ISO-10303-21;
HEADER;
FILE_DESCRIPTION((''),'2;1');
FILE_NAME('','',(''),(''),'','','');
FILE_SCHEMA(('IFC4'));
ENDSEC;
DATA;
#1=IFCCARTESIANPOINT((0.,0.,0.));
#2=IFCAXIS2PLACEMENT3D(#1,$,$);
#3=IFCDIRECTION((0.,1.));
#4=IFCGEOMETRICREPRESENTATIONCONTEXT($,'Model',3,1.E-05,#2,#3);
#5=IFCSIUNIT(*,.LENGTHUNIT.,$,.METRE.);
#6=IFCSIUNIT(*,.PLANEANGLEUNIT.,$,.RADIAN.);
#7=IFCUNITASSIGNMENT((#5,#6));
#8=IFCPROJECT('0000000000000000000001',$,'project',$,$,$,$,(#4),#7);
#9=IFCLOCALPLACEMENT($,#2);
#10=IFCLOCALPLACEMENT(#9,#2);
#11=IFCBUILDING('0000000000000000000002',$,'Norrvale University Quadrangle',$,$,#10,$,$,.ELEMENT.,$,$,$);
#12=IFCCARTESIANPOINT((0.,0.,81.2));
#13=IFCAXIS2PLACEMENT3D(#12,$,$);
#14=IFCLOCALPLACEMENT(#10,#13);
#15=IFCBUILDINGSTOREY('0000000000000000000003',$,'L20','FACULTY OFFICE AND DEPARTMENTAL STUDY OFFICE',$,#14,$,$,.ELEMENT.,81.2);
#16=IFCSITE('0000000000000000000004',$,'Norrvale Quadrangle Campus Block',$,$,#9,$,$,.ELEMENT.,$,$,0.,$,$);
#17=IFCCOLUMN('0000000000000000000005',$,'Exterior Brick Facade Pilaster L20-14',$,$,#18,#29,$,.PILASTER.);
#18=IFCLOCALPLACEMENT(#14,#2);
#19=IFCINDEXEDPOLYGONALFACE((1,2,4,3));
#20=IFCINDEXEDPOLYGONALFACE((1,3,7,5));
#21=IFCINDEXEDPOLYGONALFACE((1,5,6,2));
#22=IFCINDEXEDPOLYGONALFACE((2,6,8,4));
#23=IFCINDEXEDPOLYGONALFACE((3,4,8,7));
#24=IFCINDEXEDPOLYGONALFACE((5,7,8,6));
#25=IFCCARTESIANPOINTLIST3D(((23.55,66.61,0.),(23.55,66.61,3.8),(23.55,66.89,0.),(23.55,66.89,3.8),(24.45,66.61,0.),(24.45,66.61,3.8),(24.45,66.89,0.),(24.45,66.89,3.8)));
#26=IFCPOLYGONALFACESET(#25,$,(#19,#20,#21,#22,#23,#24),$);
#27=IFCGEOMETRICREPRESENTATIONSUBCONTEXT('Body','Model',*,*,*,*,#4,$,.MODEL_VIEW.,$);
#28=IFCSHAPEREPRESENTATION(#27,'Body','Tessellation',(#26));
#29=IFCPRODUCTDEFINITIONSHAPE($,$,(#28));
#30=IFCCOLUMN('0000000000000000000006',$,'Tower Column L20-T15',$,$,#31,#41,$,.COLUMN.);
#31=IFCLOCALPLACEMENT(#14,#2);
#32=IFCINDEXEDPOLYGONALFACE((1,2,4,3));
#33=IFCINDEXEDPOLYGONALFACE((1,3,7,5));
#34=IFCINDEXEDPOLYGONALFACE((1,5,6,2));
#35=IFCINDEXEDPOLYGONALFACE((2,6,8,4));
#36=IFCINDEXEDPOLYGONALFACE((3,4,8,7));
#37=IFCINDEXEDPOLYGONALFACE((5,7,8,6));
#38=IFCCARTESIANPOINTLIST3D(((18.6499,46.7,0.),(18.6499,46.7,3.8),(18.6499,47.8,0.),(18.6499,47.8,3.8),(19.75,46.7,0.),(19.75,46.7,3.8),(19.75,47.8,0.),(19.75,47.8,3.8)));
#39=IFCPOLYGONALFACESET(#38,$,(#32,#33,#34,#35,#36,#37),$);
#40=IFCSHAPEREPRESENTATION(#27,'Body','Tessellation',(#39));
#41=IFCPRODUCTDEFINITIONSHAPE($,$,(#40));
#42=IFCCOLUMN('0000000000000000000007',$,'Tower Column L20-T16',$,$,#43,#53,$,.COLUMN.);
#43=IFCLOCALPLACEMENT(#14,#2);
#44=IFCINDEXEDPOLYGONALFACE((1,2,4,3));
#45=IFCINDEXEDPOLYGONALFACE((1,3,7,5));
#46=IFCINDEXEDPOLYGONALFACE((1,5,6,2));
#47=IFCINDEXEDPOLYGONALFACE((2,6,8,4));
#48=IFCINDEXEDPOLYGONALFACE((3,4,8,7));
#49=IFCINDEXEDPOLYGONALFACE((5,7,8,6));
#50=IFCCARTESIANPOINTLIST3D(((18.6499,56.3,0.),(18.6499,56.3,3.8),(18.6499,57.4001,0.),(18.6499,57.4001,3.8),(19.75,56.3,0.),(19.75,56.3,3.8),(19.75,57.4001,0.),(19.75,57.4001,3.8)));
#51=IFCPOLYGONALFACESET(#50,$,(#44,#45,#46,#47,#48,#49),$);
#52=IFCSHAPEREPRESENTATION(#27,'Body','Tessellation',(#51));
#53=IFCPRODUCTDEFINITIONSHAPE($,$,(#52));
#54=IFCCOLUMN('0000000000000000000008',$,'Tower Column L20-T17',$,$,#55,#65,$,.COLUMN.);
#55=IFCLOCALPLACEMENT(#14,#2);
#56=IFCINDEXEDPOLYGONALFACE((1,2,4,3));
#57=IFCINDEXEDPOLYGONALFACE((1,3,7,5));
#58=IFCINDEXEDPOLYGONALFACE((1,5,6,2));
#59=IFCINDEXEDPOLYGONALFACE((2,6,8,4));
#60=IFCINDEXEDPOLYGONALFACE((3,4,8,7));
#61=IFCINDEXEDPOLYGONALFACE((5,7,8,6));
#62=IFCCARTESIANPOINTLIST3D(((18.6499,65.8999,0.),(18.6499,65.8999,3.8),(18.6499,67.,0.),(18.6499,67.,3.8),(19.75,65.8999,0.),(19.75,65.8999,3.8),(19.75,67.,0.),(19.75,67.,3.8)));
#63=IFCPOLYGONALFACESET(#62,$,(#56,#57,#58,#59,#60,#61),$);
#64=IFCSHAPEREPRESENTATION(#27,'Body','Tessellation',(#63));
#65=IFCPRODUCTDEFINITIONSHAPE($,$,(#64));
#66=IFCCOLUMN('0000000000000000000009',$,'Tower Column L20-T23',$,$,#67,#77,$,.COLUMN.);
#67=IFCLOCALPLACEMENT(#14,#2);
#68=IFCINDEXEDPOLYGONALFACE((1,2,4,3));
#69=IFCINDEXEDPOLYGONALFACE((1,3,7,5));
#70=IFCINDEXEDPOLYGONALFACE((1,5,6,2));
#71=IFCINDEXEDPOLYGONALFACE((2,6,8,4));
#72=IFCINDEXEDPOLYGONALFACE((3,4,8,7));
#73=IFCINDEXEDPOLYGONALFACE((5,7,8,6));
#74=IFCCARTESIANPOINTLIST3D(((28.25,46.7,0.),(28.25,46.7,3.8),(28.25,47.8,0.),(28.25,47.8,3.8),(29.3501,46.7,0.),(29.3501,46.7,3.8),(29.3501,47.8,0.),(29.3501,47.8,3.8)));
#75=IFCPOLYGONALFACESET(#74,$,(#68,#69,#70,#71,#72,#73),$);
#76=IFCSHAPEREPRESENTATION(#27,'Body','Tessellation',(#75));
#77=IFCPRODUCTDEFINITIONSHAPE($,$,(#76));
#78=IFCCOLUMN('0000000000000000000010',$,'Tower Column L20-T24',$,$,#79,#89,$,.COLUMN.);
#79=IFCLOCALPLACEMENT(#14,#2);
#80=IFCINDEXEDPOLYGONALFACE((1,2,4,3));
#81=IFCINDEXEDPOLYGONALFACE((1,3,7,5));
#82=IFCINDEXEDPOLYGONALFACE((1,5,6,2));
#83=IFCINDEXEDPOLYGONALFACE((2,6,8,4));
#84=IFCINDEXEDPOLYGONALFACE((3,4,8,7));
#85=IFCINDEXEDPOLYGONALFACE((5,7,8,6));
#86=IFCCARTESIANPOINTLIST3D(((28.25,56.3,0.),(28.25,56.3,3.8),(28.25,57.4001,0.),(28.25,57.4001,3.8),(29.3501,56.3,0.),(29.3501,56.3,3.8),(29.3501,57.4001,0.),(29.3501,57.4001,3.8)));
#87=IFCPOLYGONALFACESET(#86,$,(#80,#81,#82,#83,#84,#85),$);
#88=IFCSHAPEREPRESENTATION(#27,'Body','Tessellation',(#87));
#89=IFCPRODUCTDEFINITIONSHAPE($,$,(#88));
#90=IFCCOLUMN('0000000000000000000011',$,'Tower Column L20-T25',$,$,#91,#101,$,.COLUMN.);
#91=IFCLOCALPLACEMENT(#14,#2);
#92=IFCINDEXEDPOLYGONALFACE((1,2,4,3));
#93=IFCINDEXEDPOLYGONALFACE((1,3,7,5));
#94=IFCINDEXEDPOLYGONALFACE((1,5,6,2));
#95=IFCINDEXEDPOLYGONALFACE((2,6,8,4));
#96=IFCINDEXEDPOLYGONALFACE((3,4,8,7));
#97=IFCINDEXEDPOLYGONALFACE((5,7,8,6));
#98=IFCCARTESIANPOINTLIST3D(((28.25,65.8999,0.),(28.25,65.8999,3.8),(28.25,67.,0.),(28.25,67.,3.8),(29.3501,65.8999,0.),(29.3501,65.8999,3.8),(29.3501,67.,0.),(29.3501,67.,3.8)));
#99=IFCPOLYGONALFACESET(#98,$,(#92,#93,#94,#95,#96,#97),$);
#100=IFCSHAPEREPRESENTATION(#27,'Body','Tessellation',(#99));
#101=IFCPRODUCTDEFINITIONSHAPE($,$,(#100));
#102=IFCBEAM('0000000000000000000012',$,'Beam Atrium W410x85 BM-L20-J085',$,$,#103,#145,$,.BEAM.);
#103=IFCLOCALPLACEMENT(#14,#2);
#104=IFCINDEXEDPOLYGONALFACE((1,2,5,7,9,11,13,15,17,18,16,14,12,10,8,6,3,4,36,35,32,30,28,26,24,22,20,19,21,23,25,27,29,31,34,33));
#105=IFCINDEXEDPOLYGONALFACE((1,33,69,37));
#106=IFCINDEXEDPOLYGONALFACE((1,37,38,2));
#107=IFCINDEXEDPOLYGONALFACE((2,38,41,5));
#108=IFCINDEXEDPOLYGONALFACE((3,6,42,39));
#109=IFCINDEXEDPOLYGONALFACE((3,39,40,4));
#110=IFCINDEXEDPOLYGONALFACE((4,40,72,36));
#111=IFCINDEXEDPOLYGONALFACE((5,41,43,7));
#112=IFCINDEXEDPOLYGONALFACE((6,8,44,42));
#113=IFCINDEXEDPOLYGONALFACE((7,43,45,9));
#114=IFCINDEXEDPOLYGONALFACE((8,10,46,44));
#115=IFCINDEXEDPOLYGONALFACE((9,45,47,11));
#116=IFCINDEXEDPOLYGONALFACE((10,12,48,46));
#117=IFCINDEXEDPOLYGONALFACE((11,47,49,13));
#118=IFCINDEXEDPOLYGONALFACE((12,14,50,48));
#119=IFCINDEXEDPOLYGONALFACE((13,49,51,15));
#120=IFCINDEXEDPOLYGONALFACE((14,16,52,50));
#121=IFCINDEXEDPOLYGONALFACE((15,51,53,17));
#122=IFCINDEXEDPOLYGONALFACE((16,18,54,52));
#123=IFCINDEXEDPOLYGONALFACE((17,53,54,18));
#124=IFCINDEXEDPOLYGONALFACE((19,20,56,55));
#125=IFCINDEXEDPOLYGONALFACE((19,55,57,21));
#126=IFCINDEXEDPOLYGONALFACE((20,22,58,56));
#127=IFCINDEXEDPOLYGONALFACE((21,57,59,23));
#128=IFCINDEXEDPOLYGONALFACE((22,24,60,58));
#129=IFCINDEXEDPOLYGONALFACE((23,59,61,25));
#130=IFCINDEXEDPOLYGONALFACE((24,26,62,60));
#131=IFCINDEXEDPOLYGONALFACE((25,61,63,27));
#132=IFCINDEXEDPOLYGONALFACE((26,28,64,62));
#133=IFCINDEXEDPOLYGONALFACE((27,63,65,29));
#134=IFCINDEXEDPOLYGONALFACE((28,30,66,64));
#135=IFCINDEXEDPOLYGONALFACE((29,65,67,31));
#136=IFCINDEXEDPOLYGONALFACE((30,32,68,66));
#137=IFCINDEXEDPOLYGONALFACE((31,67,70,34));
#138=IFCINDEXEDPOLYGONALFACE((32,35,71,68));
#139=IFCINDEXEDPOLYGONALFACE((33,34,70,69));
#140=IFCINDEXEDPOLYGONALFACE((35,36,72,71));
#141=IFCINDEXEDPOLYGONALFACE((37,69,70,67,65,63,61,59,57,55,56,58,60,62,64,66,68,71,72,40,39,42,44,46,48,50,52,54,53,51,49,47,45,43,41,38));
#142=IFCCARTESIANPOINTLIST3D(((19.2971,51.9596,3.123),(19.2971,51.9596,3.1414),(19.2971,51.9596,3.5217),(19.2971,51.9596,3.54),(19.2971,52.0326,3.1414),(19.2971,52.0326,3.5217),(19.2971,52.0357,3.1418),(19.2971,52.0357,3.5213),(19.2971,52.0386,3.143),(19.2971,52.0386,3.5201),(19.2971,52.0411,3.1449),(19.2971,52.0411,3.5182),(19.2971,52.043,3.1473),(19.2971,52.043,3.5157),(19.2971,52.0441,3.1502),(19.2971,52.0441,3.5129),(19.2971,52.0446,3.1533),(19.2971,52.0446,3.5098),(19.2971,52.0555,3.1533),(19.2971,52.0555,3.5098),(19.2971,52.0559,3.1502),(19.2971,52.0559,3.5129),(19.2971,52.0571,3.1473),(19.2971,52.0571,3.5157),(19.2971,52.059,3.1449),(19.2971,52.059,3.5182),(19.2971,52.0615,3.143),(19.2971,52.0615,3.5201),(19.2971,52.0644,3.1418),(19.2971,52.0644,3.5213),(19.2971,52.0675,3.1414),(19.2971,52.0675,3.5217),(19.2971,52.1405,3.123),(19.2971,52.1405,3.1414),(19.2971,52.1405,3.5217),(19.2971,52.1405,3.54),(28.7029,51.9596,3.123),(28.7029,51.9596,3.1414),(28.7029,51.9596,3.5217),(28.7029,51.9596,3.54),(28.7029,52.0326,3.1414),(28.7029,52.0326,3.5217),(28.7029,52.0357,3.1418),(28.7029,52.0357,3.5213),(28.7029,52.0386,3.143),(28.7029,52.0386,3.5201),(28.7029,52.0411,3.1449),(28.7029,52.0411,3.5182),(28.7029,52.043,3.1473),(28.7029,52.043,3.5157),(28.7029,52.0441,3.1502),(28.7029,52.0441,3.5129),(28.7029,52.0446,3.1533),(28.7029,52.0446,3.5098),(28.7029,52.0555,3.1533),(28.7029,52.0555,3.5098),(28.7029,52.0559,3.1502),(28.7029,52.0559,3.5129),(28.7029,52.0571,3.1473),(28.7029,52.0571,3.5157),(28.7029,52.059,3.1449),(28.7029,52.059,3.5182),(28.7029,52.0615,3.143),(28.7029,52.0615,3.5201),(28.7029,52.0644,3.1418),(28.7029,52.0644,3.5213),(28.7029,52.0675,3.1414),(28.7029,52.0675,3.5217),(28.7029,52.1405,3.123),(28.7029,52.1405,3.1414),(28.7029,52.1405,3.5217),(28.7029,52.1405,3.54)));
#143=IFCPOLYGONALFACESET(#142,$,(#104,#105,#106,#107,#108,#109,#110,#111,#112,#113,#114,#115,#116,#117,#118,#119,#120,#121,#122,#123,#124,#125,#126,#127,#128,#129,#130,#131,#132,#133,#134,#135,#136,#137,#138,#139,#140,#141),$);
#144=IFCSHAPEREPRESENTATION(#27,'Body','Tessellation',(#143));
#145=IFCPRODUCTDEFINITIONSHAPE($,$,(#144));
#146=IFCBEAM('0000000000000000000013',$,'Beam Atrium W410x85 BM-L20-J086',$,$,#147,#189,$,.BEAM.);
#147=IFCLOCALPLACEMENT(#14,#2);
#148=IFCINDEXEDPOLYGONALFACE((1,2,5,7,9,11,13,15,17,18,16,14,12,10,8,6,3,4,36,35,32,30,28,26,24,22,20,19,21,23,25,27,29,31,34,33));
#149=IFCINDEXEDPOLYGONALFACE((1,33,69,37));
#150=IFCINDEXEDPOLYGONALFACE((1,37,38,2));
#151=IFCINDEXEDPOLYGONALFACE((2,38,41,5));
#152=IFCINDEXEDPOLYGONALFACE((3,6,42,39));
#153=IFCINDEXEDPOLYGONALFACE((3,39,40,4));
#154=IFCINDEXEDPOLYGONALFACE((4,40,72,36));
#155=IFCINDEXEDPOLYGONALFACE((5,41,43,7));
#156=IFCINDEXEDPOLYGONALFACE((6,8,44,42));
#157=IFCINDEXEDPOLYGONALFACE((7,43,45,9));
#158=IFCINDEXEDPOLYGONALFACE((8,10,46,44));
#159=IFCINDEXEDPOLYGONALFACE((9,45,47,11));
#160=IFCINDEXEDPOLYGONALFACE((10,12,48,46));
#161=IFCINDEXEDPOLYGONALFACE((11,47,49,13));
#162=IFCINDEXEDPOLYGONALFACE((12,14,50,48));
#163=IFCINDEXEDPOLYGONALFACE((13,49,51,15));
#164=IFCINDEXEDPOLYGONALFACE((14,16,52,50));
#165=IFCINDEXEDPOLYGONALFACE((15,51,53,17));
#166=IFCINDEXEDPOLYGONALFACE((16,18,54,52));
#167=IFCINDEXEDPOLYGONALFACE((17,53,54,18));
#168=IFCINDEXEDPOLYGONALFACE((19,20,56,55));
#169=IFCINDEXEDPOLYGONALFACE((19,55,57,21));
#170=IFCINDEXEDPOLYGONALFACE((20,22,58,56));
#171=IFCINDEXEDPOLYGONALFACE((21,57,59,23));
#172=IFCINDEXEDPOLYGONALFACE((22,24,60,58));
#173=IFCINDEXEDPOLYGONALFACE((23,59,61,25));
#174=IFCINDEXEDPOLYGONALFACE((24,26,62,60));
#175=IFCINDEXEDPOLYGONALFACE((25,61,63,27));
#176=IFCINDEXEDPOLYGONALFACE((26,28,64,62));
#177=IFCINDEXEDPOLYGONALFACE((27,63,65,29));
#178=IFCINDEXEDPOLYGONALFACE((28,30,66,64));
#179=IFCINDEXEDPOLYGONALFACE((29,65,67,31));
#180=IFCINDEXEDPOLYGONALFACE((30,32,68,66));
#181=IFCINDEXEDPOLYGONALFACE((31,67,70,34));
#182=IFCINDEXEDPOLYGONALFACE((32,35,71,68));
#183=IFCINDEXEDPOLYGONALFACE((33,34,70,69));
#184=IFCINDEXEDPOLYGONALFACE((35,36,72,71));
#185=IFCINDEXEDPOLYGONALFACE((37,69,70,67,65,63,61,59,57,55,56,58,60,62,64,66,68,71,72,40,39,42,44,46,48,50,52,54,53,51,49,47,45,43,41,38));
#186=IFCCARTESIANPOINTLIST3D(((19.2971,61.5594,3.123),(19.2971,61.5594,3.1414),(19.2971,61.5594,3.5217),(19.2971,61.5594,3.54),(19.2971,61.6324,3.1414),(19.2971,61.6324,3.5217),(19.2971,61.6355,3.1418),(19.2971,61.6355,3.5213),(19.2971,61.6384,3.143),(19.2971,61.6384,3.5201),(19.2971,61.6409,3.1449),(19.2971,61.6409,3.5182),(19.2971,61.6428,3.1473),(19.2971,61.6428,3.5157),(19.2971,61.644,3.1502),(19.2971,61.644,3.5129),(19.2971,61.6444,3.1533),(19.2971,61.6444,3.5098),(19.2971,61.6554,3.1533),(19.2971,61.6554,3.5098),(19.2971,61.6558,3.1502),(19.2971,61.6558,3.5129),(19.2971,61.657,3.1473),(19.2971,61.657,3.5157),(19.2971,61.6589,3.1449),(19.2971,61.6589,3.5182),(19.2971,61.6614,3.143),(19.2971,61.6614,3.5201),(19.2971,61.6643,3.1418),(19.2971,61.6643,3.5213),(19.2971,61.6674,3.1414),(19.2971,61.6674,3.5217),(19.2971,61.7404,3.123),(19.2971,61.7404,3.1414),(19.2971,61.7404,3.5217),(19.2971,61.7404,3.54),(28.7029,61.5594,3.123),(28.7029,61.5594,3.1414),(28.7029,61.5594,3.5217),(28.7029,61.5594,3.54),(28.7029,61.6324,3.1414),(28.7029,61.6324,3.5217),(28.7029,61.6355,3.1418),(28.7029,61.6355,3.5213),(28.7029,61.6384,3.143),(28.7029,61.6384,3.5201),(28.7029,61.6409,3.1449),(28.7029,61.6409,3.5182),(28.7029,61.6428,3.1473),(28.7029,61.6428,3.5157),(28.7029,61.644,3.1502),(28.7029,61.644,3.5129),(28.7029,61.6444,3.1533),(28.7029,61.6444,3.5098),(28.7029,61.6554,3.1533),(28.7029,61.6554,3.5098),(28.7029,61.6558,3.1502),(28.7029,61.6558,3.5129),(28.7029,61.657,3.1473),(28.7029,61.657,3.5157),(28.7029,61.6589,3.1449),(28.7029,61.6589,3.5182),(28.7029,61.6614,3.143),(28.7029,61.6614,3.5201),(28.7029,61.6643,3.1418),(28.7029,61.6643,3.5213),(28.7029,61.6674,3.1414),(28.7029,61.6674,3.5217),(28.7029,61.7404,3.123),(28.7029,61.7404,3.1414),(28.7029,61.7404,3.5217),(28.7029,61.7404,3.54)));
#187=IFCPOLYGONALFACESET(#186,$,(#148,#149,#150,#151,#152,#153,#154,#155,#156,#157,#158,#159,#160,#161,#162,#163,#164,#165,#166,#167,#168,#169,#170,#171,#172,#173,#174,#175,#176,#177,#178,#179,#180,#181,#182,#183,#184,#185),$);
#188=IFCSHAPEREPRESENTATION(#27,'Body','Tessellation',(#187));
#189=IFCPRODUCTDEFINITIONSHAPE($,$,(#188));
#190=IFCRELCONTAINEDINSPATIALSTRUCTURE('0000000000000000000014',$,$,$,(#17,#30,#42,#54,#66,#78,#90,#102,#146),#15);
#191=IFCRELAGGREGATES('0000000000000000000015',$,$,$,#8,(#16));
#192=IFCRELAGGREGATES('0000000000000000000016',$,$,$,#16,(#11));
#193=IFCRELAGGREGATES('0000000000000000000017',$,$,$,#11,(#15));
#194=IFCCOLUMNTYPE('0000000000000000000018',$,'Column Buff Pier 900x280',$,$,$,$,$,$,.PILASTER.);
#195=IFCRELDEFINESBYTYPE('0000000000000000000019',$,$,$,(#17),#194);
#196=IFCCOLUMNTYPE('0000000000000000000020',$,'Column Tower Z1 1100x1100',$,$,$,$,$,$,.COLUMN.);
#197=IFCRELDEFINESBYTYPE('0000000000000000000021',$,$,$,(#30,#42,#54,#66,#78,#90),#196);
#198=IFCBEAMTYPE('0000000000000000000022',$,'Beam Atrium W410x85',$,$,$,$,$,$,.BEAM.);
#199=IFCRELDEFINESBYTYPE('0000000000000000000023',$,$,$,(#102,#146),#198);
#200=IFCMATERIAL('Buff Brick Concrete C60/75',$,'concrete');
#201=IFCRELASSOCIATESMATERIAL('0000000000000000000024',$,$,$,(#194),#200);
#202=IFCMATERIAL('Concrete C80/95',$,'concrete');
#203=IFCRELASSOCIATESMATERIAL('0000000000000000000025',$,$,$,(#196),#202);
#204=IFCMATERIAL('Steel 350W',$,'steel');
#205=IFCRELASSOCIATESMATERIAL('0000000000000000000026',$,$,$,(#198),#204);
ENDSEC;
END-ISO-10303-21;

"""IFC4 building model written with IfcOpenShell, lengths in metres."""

from ifc_helpers import new_model, si_unit, direction, frame, origin, origin_2d, place, context, subcontext, project, spatial, rectangle, i_section, extrude, material, material_profile, profile_set, type_object, element, save


model = new_model("IFC4")

# Units and contexts
model_context = context("Model", 3, precision=1e-05, world=origin(), true_north=direction((0.0, 1.0)))
body_context = subcontext(model_context, "Body", "Model", "MODEL_VIEW")
ifc_project = project(units=[si_unit("LENGTHUNIT", "METRE"), si_unit("PLANEANGLEUNIT", "RADIAN")], contexts=[model_context])

# Site, building, storey
site_placement = place(None, origin())
site = spatial("IfcSite", under=ifc_project, at=site_placement, Name="Norrvale Quadrangle Campus Block", CompositionType="ELEMENT", RefElevation=0.0)
building_placement = place(site_placement, origin())
building = spatial("IfcBuilding", under=site, at=building_placement, Name="Norrvale University Quadrangle", CompositionType="ELEMENT")
storey_placement = place(building_placement, frame((0.0, 0.0, 81.2)))
storey = spatial("IfcBuildingStorey", under=building, at=storey_placement, Name="L20", Description="FACULTY OFFICE AND DEPARTMENTAL STUDY OFFICE", CompositionType="ELEMENT", Elevation=81.2)

# Columns
ifc_material_1 = material(Name="Buff Brick Concrete C60/75", Category="concrete")
ifc_material_profile_1 = material_profile(ifc_material_1, rectangle(XDim=0.8999, YDim=0.28, at=origin_2d()), Name="Buff Brick Concrete C60/75")
ifc_profile_set_1 = profile_set([ifc_material_profile_1], Name="Buff Brick Concrete C60/75")
column_type_1 = type_object("IfcColumnType", Name="Column Buff Pier 900x280", PredefinedType="PILASTER", material=ifc_profile_set_1)
column_placement = place(storey_placement, frame((24.0, 66.75, 0.0), z_axis=(0.0, 0.0, 1.0), x_axis=(1.0, 0.0, 0.0)))
element("IfcColumn", 1, at=column_placement, inside=storey, type_object=column_type_1, Name="Exterior Brick Facade Pilaster L20-14", PredefinedType="PILASTER", context=body_context, shape_type="SweptSolid", body=[
    extrude(rectangle(XDim=0.8999, YDim=0.28, at=origin_2d()), origin(), (0.0, 0.0, 1.0), 3.8),
])
ifc_material_2 = material(Name="Concrete C80/95", Category="concrete")
ifc_material_profile_2 = material_profile(ifc_material_2, rectangle(XDim=1.1001, YDim=1.1001, at=origin_2d()), Name="Concrete C80/95")
ifc_profile_set_2 = profile_set([ifc_material_profile_2], Name="Concrete C80/95")
column_type_2 = type_object("IfcColumnType", Name="Column Tower Z1 1100x1100", PredefinedType="COLUMN", material=ifc_profile_set_2)
for number, where, z_axis, x_axis, name in (
    (2, (19.2, 47.25, 0.0), (0.0, 0.0, 1.0), (1.0, 0.0, 0.0), "Tower Column L20-T15"),
    (3, (19.2, 56.8501, 0.0), (0.0, 0.0, 1.0), (1.0, 0.0, 0.0), "Tower Column L20-T16"),
    (4, (19.2, 66.45, 0.0), (0.0, 0.0, 1.0), (1.0, 0.0, 0.0), "Tower Column L20-T17"),
    (5, (28.8, 47.25, 0.0), (0.0, 0.0, 1.0), (1.0, 0.0, 0.0), "Tower Column L20-T23"),
    (6, (28.8, 56.8501, 0.0), (0.0, 0.0, 1.0), (1.0, 0.0, 0.0), "Tower Column L20-T24"),
    (7, (28.8, 66.45, 0.0), (0.0, 0.0, 1.0), (1.0, 0.0, 0.0), "Tower Column L20-T25"),
):
    element("IfcColumn", number, at=place(storey_placement, frame(where, z_axis=z_axis, x_axis=x_axis)), inside=storey, type_object=column_type_2, Name=name, PredefinedType="COLUMN", context=body_context, shape_type="SweptSolid", body=[
        extrude(rectangle(XDim=1.1001, YDim=1.1001, at=origin_2d()), origin(), (0.0, 0.0, 1.0), 3.8),
    ])

# Beams
ifc_material_3 = material(Name="Steel 350W", Category="steel")
ifc_material_profile_3 = material_profile(ifc_material_3, i_section(OverallWidth=0.1809, OverallDepth=0.417, WebThickness=0.011, FlangeThickness=0.0183, FilletRadius=0.012, at=origin_2d()), Name="Steel 350W")
ifc_profile_set_3 = profile_set([ifc_material_profile_3], Name="Steel 350W")
beam_type_1 = type_object("IfcBeamType", Name="Beam Atrium W410x85", PredefinedType="BEAM", material=ifc_profile_set_3)
for number, where, z_axis, x_axis, name in (
    (8, (19.2971, 52.05, 3.3315), (1.0, 0.0, 0.0), (0.0, 1.0, 0.0), "Beam Atrium W410x85 BM-L20-J085"),
    (9, (19.2971, 61.6499, 3.3315), (1.0, 0.0, 0.0), (0.0, 1.0, 0.0), "Beam Atrium W410x85 BM-L20-J086"),
):
    element("IfcBeam", number, at=place(storey_placement, frame(where, z_axis=z_axis, x_axis=x_axis)), inside=storey, type_object=beam_type_1, Name=name, PredefinedType="BEAM", context=body_context, shape_type="SweptSolid", body=[
        extrude(i_section(OverallWidth=0.1809, OverallDepth=0.417, WebThickness=0.011, FlangeThickness=0.0183, FilletRadius=0.012, at=origin_2d()), origin(), (0.0, 0.0, 1.0), 9.4058),
    ])

save(model, "model.ifc")
